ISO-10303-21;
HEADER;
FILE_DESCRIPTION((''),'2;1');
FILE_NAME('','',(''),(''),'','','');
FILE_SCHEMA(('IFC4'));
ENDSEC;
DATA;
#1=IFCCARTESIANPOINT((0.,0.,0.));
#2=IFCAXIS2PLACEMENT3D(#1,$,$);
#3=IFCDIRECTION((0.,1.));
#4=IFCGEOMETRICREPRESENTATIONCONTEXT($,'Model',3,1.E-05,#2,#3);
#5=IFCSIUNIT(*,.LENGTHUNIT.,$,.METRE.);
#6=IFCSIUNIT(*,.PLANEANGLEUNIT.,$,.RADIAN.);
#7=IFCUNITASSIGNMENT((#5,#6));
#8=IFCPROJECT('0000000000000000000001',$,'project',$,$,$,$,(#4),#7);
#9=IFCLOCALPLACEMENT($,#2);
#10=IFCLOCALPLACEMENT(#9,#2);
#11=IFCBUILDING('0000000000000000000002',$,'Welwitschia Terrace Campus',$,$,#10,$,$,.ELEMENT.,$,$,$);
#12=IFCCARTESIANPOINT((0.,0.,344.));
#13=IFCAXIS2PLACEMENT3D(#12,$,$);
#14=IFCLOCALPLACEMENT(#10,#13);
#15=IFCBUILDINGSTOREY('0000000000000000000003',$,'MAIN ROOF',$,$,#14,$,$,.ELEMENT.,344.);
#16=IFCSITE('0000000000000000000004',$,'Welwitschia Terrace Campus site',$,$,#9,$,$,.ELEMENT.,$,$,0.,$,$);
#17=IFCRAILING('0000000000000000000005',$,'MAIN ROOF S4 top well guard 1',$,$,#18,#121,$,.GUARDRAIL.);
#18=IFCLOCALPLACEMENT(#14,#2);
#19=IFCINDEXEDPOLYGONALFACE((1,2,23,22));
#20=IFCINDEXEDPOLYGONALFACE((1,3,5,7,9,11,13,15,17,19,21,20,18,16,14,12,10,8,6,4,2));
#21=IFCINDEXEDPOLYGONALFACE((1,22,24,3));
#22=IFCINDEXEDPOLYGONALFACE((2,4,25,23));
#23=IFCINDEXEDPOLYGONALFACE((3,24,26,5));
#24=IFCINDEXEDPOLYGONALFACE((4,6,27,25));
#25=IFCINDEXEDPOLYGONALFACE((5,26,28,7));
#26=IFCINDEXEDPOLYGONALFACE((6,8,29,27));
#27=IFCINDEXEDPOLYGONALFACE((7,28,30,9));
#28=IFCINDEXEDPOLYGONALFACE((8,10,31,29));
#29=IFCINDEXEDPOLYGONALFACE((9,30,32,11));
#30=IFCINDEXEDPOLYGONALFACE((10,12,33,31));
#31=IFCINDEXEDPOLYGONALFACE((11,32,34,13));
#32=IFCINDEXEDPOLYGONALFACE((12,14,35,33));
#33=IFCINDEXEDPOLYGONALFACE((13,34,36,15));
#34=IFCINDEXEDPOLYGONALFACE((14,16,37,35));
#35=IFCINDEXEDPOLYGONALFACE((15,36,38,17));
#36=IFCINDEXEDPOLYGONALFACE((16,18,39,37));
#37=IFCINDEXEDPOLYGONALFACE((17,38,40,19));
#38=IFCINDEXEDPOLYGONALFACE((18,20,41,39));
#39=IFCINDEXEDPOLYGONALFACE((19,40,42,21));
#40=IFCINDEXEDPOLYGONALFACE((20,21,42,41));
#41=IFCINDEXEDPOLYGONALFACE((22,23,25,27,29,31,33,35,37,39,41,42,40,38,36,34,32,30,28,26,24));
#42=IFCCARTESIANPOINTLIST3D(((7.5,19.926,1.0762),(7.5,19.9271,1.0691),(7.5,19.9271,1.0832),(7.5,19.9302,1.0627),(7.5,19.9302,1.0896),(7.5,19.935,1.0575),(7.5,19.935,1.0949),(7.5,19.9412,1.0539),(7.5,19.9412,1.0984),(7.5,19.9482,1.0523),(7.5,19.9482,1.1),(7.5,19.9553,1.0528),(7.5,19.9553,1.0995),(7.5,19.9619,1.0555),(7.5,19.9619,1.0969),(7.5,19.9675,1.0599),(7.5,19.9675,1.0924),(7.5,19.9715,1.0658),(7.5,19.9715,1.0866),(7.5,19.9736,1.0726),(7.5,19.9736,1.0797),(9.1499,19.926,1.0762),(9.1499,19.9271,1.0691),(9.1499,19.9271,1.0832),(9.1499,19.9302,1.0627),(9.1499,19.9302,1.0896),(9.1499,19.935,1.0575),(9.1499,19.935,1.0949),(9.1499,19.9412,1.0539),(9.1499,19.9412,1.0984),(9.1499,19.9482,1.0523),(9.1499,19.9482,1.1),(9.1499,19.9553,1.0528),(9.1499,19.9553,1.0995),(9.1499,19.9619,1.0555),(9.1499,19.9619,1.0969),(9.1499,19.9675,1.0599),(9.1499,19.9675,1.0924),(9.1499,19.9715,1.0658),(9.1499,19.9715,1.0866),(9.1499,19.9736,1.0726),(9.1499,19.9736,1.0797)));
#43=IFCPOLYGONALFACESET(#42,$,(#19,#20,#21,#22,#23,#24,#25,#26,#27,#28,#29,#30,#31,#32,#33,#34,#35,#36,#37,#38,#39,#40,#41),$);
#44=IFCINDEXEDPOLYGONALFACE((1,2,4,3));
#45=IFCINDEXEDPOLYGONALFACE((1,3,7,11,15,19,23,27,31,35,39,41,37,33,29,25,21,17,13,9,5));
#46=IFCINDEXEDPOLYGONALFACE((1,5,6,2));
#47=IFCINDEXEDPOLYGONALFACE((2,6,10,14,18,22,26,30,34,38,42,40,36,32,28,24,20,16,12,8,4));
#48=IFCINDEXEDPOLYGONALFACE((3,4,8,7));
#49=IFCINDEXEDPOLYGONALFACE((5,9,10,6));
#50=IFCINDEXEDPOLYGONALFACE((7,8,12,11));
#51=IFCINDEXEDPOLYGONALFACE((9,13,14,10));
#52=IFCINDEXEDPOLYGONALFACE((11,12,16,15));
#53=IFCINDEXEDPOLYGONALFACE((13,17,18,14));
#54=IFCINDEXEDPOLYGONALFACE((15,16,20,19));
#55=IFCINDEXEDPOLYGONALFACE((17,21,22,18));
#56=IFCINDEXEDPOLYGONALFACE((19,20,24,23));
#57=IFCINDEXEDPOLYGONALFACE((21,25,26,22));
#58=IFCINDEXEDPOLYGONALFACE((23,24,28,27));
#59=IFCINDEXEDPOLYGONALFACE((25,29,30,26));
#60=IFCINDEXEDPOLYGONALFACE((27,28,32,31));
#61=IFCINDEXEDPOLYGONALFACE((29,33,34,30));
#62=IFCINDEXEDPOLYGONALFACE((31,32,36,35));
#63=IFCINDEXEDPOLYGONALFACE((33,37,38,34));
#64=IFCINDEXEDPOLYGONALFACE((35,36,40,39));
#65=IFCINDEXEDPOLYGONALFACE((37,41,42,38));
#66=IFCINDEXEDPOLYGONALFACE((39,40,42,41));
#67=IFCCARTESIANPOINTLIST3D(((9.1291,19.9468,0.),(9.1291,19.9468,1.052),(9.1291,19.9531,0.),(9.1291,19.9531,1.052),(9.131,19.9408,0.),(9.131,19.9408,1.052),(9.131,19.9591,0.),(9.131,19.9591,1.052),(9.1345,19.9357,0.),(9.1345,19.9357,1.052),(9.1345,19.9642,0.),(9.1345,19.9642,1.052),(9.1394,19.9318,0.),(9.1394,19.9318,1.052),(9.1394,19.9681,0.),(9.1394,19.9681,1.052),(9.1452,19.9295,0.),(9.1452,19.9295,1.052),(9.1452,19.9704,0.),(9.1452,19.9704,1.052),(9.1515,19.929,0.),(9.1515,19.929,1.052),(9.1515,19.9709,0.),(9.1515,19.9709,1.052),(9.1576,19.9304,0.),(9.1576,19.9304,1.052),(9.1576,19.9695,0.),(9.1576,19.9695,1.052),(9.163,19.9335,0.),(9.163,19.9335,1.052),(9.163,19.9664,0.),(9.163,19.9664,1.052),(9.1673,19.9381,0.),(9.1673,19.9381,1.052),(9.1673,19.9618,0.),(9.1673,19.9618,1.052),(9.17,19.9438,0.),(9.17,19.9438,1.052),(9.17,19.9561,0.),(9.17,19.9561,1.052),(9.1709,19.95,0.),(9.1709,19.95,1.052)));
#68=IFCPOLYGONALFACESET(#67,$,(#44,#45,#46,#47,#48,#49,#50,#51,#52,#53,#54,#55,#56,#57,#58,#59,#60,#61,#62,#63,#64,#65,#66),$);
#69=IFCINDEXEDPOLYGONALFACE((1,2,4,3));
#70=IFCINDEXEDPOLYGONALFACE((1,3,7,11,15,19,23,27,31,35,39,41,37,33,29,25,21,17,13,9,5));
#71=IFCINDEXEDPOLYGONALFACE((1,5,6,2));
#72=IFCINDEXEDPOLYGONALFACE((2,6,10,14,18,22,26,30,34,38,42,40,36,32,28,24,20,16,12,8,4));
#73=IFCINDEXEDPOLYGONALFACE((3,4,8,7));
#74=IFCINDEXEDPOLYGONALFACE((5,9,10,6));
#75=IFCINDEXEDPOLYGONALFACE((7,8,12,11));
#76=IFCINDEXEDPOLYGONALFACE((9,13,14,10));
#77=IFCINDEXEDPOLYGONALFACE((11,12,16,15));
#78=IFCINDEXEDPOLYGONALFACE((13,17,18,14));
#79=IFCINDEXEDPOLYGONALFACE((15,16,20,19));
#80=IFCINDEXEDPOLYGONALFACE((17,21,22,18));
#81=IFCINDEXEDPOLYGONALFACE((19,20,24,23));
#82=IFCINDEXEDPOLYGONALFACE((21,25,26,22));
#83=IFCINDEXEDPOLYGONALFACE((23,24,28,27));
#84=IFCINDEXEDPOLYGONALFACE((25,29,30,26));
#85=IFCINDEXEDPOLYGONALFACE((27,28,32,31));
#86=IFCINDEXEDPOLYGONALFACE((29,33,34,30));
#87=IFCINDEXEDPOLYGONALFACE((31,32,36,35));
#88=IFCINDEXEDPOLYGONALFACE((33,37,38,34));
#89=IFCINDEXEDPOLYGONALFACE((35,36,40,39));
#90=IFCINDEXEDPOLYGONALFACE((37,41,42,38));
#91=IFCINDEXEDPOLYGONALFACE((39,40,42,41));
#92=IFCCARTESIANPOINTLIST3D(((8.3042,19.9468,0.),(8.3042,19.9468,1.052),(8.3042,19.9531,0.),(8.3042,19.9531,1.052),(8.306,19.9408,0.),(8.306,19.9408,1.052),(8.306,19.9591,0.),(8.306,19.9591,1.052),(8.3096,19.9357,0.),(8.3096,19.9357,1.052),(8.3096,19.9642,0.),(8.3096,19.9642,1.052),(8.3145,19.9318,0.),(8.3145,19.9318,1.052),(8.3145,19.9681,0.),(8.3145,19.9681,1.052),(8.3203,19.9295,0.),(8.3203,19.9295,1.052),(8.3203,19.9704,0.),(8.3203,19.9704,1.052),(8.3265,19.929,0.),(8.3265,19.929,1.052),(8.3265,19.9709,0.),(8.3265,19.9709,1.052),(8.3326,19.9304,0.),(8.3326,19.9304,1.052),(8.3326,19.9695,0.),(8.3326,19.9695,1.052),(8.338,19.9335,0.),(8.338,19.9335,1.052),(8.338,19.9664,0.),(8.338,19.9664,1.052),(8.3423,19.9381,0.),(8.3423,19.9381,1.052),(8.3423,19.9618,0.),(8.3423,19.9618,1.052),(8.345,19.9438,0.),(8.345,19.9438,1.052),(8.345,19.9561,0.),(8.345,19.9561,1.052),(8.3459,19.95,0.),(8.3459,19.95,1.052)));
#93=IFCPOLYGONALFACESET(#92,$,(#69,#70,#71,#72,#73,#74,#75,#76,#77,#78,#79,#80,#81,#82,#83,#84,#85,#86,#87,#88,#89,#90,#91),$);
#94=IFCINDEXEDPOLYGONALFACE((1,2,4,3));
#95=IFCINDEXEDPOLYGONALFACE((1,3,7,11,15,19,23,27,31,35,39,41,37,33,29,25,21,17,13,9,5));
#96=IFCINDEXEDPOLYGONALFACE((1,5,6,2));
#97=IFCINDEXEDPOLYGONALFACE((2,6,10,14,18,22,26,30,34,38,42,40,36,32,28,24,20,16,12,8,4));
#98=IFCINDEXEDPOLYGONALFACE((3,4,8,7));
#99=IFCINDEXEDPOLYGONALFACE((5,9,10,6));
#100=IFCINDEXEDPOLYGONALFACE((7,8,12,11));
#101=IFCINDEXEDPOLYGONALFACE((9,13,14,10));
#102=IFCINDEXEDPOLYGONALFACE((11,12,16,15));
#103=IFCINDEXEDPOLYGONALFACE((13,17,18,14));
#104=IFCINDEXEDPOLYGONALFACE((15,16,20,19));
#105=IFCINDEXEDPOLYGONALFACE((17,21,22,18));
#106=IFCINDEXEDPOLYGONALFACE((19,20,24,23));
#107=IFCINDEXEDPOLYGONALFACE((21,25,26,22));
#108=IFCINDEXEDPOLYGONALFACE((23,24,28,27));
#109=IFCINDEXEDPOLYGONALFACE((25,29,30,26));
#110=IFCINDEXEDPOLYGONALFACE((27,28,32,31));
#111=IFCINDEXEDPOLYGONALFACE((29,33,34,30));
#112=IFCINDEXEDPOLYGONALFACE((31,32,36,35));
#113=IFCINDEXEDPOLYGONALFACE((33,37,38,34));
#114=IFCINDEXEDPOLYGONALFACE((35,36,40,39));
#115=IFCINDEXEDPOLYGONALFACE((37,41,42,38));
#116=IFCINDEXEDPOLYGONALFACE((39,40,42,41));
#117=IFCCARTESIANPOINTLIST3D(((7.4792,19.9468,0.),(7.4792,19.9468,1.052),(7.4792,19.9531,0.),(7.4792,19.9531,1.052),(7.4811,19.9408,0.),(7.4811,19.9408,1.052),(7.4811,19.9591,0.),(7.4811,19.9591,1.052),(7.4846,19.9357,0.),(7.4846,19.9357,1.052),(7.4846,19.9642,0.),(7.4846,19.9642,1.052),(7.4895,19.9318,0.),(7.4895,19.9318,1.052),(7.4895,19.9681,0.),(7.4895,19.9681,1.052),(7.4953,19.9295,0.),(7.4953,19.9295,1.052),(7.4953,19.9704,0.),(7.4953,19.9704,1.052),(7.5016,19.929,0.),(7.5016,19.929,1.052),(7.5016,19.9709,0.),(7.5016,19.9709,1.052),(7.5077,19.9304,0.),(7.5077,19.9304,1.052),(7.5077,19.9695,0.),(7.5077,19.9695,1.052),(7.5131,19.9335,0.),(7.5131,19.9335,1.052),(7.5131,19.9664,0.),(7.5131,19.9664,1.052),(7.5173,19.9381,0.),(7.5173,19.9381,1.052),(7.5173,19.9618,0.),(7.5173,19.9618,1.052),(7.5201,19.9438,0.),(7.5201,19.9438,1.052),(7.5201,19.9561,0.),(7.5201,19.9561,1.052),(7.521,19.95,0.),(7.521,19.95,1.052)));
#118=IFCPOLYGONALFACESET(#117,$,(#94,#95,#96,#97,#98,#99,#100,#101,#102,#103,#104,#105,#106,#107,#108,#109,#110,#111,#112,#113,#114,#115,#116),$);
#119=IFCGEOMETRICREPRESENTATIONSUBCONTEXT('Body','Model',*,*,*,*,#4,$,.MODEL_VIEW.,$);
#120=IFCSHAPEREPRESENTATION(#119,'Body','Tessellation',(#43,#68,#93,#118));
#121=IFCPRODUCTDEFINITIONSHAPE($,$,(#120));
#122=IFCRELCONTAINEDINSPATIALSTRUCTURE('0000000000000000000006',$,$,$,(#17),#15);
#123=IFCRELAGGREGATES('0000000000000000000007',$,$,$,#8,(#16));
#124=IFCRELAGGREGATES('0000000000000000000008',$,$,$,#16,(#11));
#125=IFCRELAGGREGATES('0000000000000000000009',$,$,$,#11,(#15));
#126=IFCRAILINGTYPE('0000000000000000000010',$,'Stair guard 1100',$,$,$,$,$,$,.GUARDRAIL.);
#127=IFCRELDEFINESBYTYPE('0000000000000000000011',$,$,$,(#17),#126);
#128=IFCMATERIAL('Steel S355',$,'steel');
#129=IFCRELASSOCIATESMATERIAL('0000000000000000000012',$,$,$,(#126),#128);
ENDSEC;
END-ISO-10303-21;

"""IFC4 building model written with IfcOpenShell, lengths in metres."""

from ifc_helpers import new_model, si_unit, direction, frame, origin, origin_2d, place, context, subcontext, project, spatial, circle, extrude, material, type_object, element, save


model = new_model("IFC4")

# Units and contexts
model_context = context("Model", 3, precision=1e-05, world=origin(), true_north=direction((0.0, 1.0)))
body_context = subcontext(model_context, "Body", "Model", "MODEL_VIEW")
ifc_project = project(units=[si_unit("LENGTHUNIT", "METRE"), si_unit("PLANEANGLEUNIT", "RADIAN")], contexts=[model_context])

# Site, building, storey
site_placement = place(None, origin())
site = spatial("IfcSite", under=ifc_project, at=site_placement, Name="Welwitschia Terrace Campus site", CompositionType="ELEMENT", RefElevation=0.0)
building_placement = place(site_placement, origin())
building = spatial("IfcBuilding", under=site, at=building_placement, Name="Welwitschia Terrace Campus", CompositionType="ELEMENT")
storey_placement = place(building_placement, frame((0.0, 0.0, 344.0)))
storey = spatial("IfcBuildingStorey", under=building, at=storey_placement, Name="MAIN ROOF", CompositionType="ELEMENT", Elevation=344.0)

# Railing
ifc_material_1 = material(Name="Steel S355", Category="steel")
railing_type = type_object("IfcRailingType", Name="Stair guard 1100", PredefinedType="GUARDRAIL", material=ifc_material_1)
railing_placement = place(storey_placement, frame((9.1499, 19.95, 0.0)))
element("IfcRailing", 1, at=railing_placement, inside=storey, type_object=railing_type, Name="MAIN ROOF S4 top well guard 1", PredefinedType="GUARDRAIL", context=body_context, shape_type="SweptSolid", body=[
    extrude(circle(Radius=0.0239, at=origin_2d()), frame((0.0, 0.0, 1.0762), z_axis=(-1.0, 0.0, 0.0), x_axis=(0.0, -1.0, 0.0)), (0.0, 0.0, 1.0), 1.6499),
    extrude(circle(Radius=0.021, at=origin_2d()), origin(), (0.0, 0.0, 1.0), 1.052),
    extrude(circle(Radius=0.021, at=origin_2d()), frame((-0.825, 0.0, 0.0)), (0.0, 0.0, 1.0), 1.052),
    extrude(circle(Radius=0.021, at=origin_2d()), frame((-1.6499, 0.0, 0.0)), (0.0, 0.0, 1.0), 1.052),
])

save(model, "model.ifc")
